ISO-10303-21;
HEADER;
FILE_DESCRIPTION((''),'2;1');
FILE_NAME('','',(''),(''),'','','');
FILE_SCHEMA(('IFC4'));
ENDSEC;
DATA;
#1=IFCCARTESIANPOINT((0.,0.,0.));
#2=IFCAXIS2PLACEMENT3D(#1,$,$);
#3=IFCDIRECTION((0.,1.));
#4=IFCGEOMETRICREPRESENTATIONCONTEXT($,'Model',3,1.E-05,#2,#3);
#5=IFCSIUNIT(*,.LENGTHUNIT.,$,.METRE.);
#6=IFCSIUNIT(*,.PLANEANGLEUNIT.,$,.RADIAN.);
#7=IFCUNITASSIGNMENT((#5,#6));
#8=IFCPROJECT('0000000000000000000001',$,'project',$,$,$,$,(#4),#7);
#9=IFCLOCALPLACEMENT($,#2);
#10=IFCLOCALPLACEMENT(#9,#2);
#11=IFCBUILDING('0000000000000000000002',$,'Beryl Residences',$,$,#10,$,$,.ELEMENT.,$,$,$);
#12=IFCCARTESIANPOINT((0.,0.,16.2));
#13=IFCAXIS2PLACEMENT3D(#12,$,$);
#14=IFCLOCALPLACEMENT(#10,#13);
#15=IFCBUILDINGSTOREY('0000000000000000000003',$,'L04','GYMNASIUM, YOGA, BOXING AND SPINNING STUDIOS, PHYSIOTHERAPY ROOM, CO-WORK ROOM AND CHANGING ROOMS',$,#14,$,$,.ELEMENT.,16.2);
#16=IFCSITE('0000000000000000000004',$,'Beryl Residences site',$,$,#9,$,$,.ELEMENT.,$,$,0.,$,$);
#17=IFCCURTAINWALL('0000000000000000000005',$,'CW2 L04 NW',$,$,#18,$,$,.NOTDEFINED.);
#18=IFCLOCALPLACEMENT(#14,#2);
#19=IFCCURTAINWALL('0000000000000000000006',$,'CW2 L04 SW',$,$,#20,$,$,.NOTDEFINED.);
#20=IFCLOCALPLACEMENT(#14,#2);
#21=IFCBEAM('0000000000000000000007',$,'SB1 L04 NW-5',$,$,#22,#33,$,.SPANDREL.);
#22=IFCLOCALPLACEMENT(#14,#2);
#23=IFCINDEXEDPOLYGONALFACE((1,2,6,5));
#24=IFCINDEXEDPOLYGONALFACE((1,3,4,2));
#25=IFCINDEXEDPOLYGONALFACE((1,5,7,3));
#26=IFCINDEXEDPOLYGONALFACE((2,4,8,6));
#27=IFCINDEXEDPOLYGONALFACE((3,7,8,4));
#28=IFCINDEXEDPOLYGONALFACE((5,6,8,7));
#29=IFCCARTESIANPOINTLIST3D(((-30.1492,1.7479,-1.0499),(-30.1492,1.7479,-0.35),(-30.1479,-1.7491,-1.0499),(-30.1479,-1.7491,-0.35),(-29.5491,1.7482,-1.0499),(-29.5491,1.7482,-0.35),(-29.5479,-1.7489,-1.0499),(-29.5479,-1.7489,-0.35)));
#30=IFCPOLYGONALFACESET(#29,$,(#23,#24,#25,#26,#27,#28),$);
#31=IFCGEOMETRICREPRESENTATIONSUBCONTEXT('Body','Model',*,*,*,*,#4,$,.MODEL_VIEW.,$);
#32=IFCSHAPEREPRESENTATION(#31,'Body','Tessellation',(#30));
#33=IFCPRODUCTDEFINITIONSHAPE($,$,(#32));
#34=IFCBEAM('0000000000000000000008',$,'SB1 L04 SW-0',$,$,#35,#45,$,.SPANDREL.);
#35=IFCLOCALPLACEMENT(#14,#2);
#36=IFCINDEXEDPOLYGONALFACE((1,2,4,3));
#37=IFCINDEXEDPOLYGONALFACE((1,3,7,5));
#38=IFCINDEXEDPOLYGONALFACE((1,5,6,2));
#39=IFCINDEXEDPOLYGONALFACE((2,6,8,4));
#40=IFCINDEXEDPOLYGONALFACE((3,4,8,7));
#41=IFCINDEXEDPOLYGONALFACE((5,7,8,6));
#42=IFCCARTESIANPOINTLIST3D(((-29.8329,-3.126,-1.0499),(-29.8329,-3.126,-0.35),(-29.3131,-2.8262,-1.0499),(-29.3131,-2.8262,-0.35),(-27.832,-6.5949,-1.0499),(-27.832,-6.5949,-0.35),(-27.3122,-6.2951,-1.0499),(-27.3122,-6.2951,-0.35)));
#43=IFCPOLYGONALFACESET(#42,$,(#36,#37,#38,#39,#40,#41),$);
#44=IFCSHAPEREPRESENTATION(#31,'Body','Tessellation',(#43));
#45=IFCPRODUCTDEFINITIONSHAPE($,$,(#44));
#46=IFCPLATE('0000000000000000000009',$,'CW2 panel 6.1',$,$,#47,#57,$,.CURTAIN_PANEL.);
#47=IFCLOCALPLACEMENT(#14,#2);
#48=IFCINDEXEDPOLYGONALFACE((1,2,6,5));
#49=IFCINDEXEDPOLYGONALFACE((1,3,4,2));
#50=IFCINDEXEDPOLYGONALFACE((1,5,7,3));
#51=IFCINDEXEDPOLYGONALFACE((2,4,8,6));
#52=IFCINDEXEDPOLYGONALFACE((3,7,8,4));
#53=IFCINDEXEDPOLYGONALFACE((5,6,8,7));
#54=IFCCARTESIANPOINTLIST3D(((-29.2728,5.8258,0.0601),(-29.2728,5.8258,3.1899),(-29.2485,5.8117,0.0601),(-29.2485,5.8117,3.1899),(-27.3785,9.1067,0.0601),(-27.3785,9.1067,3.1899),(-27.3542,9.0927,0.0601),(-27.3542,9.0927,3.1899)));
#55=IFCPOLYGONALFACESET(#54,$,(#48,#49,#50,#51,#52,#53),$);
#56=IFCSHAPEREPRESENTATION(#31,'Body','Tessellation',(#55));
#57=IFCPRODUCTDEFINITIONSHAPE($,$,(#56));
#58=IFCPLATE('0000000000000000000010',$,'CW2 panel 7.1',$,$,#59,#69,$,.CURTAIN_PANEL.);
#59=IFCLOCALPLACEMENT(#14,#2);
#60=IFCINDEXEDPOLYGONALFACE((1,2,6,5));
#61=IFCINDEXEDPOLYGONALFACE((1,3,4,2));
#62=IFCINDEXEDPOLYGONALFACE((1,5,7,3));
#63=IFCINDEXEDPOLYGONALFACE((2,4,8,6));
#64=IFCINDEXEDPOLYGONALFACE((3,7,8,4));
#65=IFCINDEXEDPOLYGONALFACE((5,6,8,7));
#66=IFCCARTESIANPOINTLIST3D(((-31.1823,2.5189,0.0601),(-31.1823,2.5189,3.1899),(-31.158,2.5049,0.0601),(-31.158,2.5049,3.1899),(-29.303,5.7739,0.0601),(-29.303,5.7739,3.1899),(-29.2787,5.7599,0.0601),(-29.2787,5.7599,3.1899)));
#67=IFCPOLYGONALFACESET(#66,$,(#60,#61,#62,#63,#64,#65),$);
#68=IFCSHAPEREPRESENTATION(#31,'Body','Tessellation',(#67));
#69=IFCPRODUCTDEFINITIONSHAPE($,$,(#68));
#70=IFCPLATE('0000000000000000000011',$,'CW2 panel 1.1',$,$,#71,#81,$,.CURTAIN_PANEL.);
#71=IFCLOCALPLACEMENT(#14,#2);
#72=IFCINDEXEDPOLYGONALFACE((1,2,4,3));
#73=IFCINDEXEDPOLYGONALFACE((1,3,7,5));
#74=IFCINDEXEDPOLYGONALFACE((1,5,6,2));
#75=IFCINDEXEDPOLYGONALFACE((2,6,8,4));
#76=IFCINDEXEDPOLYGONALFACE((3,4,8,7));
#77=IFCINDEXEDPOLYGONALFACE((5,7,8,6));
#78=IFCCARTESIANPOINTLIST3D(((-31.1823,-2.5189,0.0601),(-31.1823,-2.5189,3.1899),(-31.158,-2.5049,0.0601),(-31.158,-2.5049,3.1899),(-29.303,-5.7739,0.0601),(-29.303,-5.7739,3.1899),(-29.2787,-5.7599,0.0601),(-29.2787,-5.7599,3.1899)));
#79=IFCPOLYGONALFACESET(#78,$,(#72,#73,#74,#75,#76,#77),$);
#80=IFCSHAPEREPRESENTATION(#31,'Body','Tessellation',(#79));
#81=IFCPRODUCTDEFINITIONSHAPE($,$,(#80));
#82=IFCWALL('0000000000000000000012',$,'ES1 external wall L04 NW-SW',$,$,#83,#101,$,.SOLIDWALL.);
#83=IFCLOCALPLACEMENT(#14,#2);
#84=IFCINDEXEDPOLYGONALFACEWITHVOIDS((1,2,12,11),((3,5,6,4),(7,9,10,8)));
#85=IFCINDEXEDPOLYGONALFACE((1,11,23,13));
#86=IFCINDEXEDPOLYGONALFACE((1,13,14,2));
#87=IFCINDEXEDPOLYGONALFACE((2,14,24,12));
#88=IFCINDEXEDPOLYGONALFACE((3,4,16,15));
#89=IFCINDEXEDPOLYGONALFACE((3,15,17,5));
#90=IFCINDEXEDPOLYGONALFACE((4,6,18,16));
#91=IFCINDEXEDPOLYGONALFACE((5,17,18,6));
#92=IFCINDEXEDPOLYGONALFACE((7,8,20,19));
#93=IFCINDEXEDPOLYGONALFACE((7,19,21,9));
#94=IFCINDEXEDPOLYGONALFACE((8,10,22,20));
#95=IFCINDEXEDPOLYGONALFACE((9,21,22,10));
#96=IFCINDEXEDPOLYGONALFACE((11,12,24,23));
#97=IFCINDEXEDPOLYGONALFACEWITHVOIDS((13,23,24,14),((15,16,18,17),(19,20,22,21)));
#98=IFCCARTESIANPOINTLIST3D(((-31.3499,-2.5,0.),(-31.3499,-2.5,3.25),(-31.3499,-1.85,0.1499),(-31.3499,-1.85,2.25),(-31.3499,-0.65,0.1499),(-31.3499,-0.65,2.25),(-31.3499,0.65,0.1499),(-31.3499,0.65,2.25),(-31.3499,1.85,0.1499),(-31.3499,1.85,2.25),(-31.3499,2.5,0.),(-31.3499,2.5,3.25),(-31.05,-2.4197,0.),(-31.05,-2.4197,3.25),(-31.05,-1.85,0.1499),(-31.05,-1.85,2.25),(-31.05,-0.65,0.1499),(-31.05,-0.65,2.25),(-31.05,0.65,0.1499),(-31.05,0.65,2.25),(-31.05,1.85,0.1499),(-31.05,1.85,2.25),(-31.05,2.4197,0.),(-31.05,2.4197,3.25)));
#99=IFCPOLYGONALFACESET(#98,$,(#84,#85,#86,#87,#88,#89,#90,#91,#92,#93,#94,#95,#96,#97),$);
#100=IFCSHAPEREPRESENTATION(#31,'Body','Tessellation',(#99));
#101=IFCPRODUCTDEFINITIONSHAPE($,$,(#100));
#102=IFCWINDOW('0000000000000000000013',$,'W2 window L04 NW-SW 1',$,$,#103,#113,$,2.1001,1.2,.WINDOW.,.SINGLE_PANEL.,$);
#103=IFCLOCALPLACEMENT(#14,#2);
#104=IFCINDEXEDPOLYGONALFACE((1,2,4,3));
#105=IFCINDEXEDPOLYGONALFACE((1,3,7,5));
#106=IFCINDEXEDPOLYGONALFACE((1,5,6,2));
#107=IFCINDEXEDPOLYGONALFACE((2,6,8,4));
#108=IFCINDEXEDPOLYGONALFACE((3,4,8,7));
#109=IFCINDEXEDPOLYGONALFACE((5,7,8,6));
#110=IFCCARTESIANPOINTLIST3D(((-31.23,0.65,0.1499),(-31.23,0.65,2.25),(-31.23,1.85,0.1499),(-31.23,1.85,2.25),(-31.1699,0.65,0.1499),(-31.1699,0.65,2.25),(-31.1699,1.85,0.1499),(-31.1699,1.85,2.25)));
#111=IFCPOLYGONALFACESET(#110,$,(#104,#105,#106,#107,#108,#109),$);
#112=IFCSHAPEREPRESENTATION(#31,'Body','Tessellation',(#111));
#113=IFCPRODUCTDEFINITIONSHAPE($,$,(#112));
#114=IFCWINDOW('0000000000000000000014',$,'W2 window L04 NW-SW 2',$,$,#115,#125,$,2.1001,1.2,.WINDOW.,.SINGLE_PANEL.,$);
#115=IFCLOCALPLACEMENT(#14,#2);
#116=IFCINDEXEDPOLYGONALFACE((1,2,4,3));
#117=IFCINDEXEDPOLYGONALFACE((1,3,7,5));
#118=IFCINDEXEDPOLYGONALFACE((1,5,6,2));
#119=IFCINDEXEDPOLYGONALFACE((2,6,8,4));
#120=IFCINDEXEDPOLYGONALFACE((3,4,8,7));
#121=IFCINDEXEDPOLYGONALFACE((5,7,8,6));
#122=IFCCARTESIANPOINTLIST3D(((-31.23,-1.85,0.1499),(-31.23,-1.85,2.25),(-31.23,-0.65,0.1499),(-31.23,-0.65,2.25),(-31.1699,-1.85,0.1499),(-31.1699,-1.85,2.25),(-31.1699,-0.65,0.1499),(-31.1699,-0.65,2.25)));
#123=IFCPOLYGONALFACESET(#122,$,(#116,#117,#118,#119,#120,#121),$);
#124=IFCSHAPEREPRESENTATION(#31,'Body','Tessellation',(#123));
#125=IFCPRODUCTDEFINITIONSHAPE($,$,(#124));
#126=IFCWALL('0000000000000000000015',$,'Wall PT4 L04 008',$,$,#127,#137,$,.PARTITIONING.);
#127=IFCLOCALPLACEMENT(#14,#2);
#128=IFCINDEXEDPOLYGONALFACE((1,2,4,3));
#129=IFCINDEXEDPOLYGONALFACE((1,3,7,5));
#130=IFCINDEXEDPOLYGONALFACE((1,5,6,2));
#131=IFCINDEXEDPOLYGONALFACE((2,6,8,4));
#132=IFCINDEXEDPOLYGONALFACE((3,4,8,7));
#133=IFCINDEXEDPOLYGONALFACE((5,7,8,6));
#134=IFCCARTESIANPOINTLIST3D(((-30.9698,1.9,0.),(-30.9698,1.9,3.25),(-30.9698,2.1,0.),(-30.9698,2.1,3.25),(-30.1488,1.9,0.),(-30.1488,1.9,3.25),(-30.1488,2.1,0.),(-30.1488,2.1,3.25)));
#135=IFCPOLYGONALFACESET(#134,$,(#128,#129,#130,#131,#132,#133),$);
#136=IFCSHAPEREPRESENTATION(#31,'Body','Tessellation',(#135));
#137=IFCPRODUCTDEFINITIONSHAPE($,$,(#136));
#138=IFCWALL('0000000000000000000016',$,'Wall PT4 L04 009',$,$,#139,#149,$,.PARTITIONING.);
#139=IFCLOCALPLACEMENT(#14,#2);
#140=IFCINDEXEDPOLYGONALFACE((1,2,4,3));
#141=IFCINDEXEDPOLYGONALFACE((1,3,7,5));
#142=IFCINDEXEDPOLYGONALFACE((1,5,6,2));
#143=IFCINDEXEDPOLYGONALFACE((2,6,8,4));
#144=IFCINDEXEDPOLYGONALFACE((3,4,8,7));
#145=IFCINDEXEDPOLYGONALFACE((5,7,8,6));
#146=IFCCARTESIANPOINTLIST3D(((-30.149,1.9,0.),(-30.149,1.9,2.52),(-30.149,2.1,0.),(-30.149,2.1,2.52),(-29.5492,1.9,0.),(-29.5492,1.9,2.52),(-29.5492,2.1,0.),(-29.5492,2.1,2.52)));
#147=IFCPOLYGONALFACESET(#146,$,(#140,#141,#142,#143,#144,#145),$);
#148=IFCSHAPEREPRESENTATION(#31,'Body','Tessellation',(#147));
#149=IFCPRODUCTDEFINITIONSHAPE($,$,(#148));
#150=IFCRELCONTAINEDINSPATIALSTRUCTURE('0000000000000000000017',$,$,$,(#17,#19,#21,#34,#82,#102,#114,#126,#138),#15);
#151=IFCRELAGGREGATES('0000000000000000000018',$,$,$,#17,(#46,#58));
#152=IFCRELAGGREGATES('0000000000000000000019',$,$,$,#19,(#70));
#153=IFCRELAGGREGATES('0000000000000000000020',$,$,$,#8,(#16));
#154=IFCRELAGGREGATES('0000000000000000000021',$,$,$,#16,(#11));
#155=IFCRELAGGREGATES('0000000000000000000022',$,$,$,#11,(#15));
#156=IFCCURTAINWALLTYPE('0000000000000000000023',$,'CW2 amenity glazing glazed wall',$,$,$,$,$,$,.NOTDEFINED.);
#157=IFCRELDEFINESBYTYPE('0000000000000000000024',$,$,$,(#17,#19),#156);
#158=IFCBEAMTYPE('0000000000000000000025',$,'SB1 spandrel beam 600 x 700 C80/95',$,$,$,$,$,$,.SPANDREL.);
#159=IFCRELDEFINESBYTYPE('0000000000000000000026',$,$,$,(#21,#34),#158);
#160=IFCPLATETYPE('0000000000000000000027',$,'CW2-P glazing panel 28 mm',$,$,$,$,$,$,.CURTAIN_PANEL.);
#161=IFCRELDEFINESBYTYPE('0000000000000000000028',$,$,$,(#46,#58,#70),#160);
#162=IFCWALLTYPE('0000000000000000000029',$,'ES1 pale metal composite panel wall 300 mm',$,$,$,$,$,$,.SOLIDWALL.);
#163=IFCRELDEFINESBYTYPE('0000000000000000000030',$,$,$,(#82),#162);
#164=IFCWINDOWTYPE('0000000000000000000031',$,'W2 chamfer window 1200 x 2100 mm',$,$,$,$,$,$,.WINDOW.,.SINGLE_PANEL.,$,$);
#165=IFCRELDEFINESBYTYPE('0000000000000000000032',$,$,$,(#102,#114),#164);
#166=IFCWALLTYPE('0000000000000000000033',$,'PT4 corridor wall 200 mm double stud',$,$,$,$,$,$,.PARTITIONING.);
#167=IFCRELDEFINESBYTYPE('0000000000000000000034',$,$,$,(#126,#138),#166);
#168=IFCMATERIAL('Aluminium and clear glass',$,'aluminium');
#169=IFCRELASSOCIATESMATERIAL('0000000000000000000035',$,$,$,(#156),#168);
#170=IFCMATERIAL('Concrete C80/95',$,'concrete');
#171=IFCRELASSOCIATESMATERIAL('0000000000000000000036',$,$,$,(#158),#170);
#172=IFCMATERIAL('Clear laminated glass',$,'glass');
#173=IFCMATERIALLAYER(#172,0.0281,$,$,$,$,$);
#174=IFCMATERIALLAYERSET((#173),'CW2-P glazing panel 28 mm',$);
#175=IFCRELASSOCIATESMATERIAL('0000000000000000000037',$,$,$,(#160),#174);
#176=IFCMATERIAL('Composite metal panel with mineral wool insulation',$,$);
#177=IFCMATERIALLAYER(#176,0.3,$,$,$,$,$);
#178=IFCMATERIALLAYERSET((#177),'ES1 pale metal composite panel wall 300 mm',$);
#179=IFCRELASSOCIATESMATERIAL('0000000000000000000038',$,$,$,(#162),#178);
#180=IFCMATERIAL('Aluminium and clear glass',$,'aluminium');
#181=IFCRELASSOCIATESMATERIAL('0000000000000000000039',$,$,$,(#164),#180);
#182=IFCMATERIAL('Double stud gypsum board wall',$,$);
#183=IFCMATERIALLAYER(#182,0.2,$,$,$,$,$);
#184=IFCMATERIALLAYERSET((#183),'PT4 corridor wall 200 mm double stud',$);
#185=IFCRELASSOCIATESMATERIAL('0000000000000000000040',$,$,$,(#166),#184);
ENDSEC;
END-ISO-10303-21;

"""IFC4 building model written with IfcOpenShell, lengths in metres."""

from ifc_helpers import new_model, si_unit, direction, frame, frame_2d, origin, origin_2d, place, context, subcontext, project, spatial, polyline, rectangle, outline, extrude, material, layer, layer_set, material_profile, profile_set, type_object, element, fill, aggregate, save


model = new_model("IFC4")

# Units and contexts
model_context = context("Model", 3, precision=1e-05, world=origin(), true_north=direction((0.0, 1.0)))
body_context = subcontext(model_context, "Body", "Model", "MODEL_VIEW")
ifc_project = project(units=[si_unit("LENGTHUNIT", "METRE"), si_unit("PLANEANGLEUNIT", "RADIAN")], contexts=[model_context])

# Site, building, storey
site_placement = place(None, origin())
site = spatial("IfcSite", under=ifc_project, at=site_placement, Name="Beryl Residences site", CompositionType="ELEMENT", RefElevation=0.0)
building_placement = place(site_placement, origin())
building = spatial("IfcBuilding", under=site, at=building_placement, Name="Beryl Residences", CompositionType="ELEMENT")
storey_placement = place(building_placement, frame((0.0, 0.0, 16.2)))
storey = spatial("IfcBuildingStorey", under=building, at=storey_placement, Name="L04", Description="GYMNASIUM, YOGA, BOXING AND SPINNING STUDIOS, PHYSIOTHERAPY ROOM, CO-WORK ROOM AND CHANGING ROOMS", CompositionType="ELEMENT", Elevation=16.2)

# Curtain walls
ifc_material_1 = material(Name="Aluminium and clear glass", Category="aluminium")
curtain_wall_type = type_object("IfcCurtainWallType", Name="CW2 amenity glazing glazed wall", PredefinedType="NOTDEFINED", material=ifc_material_1)
curtain_wall_1_placement = place(storey_placement, origin())
curtain_wall_1 = element("IfcCurtainWall", 1, at=curtain_wall_1_placement, inside=storey, type_object=curtain_wall_type, Name="CW2 L04 NW", PredefinedType="NOTDEFINED")
curtain_wall_2_placement = place(storey_placement, origin())
curtain_wall_2 = element("IfcCurtainWall", 2, at=curtain_wall_2_placement, inside=storey, type_object=curtain_wall_type, Name="CW2 L04 SW", PredefinedType="NOTDEFINED")

# Beams
ifc_material_2 = material(Name="Concrete C80/95", Category="concrete")
ifc_material_profile_1 = material_profile(ifc_material_2, rectangle(XDim=0.6001, YDim=0.7, at=origin_2d()))
ifc_profile_set_1 = profile_set([ifc_material_profile_1], Name="Concrete C80/95")
beam_type = type_object("IfcBeamType", Name="SB1 spandrel beam 600 x 700 C80/95", PredefinedType="SPANDREL", material=ifc_profile_set_1)
beam_1_placement = place(storey_placement, frame((-29.8491, 1.748, -0.7), z_axis=(0.000349, -1.0, 0.0), x_axis=(1.0, 0.000349, 0.0)))
element("IfcBeam", 3, at=beam_1_placement, inside=storey, type_object=beam_type, Name="SB1 L04 NW-5", PredefinedType="SPANDREL", context=body_context, shape_type="SweptSolid", body=[
    extrude(rectangle(XDim=0.6001, YDim=0.7, at=origin_2d()), origin(), (0.0, 0.0, 1.0), 3.4971),
])
beam_2_placement = place(storey_placement, frame((-29.573, -2.9761, -0.7), z_axis=(0.499654, -0.866225, 0.0), x_axis=(0.866225, 0.499654, 0.0)))
element("IfcBeam", 4, at=beam_2_placement, inside=storey, type_object=beam_type, Name="SB1 L04 SW-0", PredefinedType="SPANDREL", context=body_context, shape_type="SweptSolid", body=[
    extrude(rectangle(XDim=0.6001, YDim=0.7, at=origin_2d()), origin(), (0.0, 0.0, 1.0), 4.0046),
])

# Plates
ifc_material_3 = material(Name="Clear laminated glass", Category="glass")
ifc_layer_1 = layer(ifc_material_3, 0.0281)
ifc_layer_set_1 = layer_set([ifc_layer_1], Name="CW2-P glazing panel 28 mm")
plate_type = type_object("IfcPlateType", Name="CW2-P glazing panel 28 mm", PredefinedType="CURTAIN_PANEL", material=ifc_layer_set_1)
plate_1_placement = place(storey_placement, frame((-28.3135, 7.4592, 0.0601), z_axis=(0.0, 0.0, 1.0), x_axis=(-0.500012, -0.866019, 0.0)))
plate_1 = element("IfcPlate", 5, at=plate_1_placement, type_object=plate_type, Name="CW2 panel 6.1", PredefinedType="CURTAIN_PANEL", context=body_context, shape_type="SweptSolid", body=[
    extrude(rectangle(XDim=3.7886, YDim=0.0281, at=origin_2d()), origin(), (0.0, 0.0, 1.0), 3.1299),
])
plate_2_placement = place(storey_placement, frame((-30.2305, 4.1394, 0.0601), z_axis=(0.0, 0.0, 1.0), x_axis=(-0.500012, -0.866019, 0.0)))
plate_2 = element("IfcPlate", 6, at=plate_2_placement, type_object=plate_type, Name="CW2 panel 7.1", PredefinedType="CURTAIN_PANEL", context=body_context, shape_type="SweptSolid", body=[
    extrude(rectangle(XDim=3.7585, YDim=0.0281, at=origin_2d()), origin(), (0.0, 0.0, 1.0), 3.1299),
])
aggregate(curtain_wall_1, [plate_1, plate_2])
plate_3_placement = place(storey_placement, frame((-30.2305, -4.1394, 0.0601), z_axis=(0.0, 0.0, 1.0), x_axis=(0.500012, -0.866019, 0.0)))
plate_3 = element("IfcPlate", 7, at=plate_3_placement, type_object=plate_type, Name="CW2 panel 1.1", PredefinedType="CURTAIN_PANEL", context=body_context, shape_type="SweptSolid", body=[
    extrude(rectangle(XDim=3.7585, YDim=0.0281, at=origin_2d()), origin(), (0.0, 0.0, 1.0), 3.1299),
])
aggregate(curtain_wall_2, [plate_3])

# Wall, openings, windows
ifc_material_4 = material(Name="Composite metal panel with mineral wool insulation")
ifc_layer_2 = layer(ifc_material_4, 0.3)
ifc_layer_set_2 = layer_set([ifc_layer_2], Name="ES1 pale metal composite panel wall 300 mm")
wall_type_1 = type_object("IfcWallType", Name="ES1 pale metal composite panel wall 300 mm", PredefinedType="SOLIDWALL", material=ifc_layer_set_2)
wall_1_placement = place(storey_placement, frame((-31.2, 2.5, 0.0), z_axis=(0.0, 0.0, 1.0), x_axis=(0.0, -1.0, 0.0)))
wall_1 = element("IfcWall", 8, at=wall_1_placement, inside=storey, type_object=wall_type_1, Name="ES1 external wall L04 NW-SW", PredefinedType="SOLIDWALL", context=body_context, shape_type="SweptSolid", body=[
    extrude(outline(polyline([(0.0, -0.1499), (5.0, -0.1499), (4.9197, 0.1499), (0.0803, 0.1499), (0.0, -0.1499)])), origin(), (0.0, 0.0, 1.0), 3.25),
])
opening_1_placement = place(wall_1_placement, frame((0.6499, 0.0, 0.1499)))
opening_1 = element("IfcOpeningElement", 9, at=opening_1_placement, cuts=wall_1, PredefinedType="OPENING", context=body_context, shape_type="SweptSolid", body=[
    extrude(rectangle(XDim=1.2, YDim=2.1001, at=frame_2d((0.6001, 1.05))), frame((0.0, 0.1599, 0.0), z_axis=(0.0, -1.0, 0.0), x_axis=(1.0, 0.0, 0.0)), (0.0, 0.0, 1.0), 0.3201),
])
opening_2_placement = place(wall_1_placement, frame((3.1499, 0.0, 0.1499)))
opening_2 = element("IfcOpeningElement", 10, at=opening_2_placement, cuts=wall_1, PredefinedType="OPENING", context=body_context, shape_type="SweptSolid", body=[
    extrude(rectangle(XDim=1.2, YDim=2.1001, at=frame_2d((0.6001, 1.05))), frame((0.0, 0.1599, 0.0), z_axis=(0.0, -1.0, 0.0), x_axis=(1.0, 0.0, 0.0)), (0.0, 0.0, 1.0), 0.3201),
])
ifc_material_5 = material(Name="Aluminium and clear glass", Category="aluminium")
window_type = type_object("IfcWindowType", Name="W2 chamfer window 1200 x 2100 mm", PartitioningType="SINGLE_PANEL", PredefinedType="WINDOW", material=ifc_material_5)
window_1_placement = place(opening_1_placement, origin())
window_1 = element("IfcWindow", 11, at=window_1_placement, inside=storey, type_object=window_type, Name="W2 window L04 NW-SW 1", OverallHeight=2.1001, OverallWidth=1.2, PartitioningType="SINGLE_PANEL", PredefinedType="WINDOW", context=body_context, shape_type="SweptSolid", body=[
    extrude(rectangle(XDim=1.2, YDim=2.1001, at=frame_2d((0.6001, 1.05))), frame((0.0, 0.03, 0.0), z_axis=(0.0, -1.0, 0.0), x_axis=(1.0, 0.0, 0.0)), (0.0, 0.0, 1.0), 0.0601),
])
fill(opening_1, window_1)
window_2_placement = place(opening_2_placement, origin())
window_2 = element("IfcWindow", 12, at=window_2_placement, inside=storey, type_object=window_type, Name="W2 window L04 NW-SW 2", OverallHeight=2.1001, OverallWidth=1.2, PartitioningType="SINGLE_PANEL", PredefinedType="WINDOW", context=body_context, shape_type="SweptSolid", body=[
    extrude(rectangle(XDim=1.2, YDim=2.1001, at=frame_2d((0.6001, 1.05))), frame((0.0, 0.03, 0.0), z_axis=(0.0, -1.0, 0.0), x_axis=(1.0, 0.0, 0.0)), (0.0, 0.0, 1.0), 0.0601),
])
fill(opening_2, window_2)

# Walls
ifc_material_6 = material(Name="Double stud gypsum board wall")
ifc_layer_3 = layer(ifc_material_6, 0.2)
ifc_layer_set_3 = layer_set([ifc_layer_3], Name="PT4 corridor wall 200 mm double stud")
wall_type_2 = type_object("IfcWallType", Name="PT4 corridor wall 200 mm double stud", PredefinedType="PARTITIONING", material=ifc_layer_set_3)
wall_2_placement = place(storey_placement, frame((-30.97, 2.0, 0.0), z_axis=(0.0, 0.0, 1.0), x_axis=(1.0, 0.0, 0.0)))
element("IfcWall", 13, at=wall_2_placement, inside=storey, type_object=wall_type_2, Name="Wall PT4 L04 008", PredefinedType="PARTITIONING", context=body_context, shape_type="SweptSolid", body=[
    extrude(rectangle(XDim=0.821, YDim=0.2, at=frame_2d((0.4106, 0.0))), origin(), (0.0, 0.0, 1.0), 3.25),
])
wall_3_placement = place(storey_placement, frame((-30.1489, 2.0, 0.0), z_axis=(0.0, 0.0, 1.0), x_axis=(1.0, 0.0, 0.0)))
element("IfcWall", 14, at=wall_3_placement, inside=storey, type_object=wall_type_2, Name="Wall PT4 L04 009", PredefinedType="PARTITIONING", context=body_context, shape_type="SweptSolid", body=[
    extrude(rectangle(XDim=0.5999, YDim=0.2, at=frame_2d((0.2998, 0.0))), origin(), (0.0, 0.0, 1.0), 2.52),
])

save(model, "model.ifc")
